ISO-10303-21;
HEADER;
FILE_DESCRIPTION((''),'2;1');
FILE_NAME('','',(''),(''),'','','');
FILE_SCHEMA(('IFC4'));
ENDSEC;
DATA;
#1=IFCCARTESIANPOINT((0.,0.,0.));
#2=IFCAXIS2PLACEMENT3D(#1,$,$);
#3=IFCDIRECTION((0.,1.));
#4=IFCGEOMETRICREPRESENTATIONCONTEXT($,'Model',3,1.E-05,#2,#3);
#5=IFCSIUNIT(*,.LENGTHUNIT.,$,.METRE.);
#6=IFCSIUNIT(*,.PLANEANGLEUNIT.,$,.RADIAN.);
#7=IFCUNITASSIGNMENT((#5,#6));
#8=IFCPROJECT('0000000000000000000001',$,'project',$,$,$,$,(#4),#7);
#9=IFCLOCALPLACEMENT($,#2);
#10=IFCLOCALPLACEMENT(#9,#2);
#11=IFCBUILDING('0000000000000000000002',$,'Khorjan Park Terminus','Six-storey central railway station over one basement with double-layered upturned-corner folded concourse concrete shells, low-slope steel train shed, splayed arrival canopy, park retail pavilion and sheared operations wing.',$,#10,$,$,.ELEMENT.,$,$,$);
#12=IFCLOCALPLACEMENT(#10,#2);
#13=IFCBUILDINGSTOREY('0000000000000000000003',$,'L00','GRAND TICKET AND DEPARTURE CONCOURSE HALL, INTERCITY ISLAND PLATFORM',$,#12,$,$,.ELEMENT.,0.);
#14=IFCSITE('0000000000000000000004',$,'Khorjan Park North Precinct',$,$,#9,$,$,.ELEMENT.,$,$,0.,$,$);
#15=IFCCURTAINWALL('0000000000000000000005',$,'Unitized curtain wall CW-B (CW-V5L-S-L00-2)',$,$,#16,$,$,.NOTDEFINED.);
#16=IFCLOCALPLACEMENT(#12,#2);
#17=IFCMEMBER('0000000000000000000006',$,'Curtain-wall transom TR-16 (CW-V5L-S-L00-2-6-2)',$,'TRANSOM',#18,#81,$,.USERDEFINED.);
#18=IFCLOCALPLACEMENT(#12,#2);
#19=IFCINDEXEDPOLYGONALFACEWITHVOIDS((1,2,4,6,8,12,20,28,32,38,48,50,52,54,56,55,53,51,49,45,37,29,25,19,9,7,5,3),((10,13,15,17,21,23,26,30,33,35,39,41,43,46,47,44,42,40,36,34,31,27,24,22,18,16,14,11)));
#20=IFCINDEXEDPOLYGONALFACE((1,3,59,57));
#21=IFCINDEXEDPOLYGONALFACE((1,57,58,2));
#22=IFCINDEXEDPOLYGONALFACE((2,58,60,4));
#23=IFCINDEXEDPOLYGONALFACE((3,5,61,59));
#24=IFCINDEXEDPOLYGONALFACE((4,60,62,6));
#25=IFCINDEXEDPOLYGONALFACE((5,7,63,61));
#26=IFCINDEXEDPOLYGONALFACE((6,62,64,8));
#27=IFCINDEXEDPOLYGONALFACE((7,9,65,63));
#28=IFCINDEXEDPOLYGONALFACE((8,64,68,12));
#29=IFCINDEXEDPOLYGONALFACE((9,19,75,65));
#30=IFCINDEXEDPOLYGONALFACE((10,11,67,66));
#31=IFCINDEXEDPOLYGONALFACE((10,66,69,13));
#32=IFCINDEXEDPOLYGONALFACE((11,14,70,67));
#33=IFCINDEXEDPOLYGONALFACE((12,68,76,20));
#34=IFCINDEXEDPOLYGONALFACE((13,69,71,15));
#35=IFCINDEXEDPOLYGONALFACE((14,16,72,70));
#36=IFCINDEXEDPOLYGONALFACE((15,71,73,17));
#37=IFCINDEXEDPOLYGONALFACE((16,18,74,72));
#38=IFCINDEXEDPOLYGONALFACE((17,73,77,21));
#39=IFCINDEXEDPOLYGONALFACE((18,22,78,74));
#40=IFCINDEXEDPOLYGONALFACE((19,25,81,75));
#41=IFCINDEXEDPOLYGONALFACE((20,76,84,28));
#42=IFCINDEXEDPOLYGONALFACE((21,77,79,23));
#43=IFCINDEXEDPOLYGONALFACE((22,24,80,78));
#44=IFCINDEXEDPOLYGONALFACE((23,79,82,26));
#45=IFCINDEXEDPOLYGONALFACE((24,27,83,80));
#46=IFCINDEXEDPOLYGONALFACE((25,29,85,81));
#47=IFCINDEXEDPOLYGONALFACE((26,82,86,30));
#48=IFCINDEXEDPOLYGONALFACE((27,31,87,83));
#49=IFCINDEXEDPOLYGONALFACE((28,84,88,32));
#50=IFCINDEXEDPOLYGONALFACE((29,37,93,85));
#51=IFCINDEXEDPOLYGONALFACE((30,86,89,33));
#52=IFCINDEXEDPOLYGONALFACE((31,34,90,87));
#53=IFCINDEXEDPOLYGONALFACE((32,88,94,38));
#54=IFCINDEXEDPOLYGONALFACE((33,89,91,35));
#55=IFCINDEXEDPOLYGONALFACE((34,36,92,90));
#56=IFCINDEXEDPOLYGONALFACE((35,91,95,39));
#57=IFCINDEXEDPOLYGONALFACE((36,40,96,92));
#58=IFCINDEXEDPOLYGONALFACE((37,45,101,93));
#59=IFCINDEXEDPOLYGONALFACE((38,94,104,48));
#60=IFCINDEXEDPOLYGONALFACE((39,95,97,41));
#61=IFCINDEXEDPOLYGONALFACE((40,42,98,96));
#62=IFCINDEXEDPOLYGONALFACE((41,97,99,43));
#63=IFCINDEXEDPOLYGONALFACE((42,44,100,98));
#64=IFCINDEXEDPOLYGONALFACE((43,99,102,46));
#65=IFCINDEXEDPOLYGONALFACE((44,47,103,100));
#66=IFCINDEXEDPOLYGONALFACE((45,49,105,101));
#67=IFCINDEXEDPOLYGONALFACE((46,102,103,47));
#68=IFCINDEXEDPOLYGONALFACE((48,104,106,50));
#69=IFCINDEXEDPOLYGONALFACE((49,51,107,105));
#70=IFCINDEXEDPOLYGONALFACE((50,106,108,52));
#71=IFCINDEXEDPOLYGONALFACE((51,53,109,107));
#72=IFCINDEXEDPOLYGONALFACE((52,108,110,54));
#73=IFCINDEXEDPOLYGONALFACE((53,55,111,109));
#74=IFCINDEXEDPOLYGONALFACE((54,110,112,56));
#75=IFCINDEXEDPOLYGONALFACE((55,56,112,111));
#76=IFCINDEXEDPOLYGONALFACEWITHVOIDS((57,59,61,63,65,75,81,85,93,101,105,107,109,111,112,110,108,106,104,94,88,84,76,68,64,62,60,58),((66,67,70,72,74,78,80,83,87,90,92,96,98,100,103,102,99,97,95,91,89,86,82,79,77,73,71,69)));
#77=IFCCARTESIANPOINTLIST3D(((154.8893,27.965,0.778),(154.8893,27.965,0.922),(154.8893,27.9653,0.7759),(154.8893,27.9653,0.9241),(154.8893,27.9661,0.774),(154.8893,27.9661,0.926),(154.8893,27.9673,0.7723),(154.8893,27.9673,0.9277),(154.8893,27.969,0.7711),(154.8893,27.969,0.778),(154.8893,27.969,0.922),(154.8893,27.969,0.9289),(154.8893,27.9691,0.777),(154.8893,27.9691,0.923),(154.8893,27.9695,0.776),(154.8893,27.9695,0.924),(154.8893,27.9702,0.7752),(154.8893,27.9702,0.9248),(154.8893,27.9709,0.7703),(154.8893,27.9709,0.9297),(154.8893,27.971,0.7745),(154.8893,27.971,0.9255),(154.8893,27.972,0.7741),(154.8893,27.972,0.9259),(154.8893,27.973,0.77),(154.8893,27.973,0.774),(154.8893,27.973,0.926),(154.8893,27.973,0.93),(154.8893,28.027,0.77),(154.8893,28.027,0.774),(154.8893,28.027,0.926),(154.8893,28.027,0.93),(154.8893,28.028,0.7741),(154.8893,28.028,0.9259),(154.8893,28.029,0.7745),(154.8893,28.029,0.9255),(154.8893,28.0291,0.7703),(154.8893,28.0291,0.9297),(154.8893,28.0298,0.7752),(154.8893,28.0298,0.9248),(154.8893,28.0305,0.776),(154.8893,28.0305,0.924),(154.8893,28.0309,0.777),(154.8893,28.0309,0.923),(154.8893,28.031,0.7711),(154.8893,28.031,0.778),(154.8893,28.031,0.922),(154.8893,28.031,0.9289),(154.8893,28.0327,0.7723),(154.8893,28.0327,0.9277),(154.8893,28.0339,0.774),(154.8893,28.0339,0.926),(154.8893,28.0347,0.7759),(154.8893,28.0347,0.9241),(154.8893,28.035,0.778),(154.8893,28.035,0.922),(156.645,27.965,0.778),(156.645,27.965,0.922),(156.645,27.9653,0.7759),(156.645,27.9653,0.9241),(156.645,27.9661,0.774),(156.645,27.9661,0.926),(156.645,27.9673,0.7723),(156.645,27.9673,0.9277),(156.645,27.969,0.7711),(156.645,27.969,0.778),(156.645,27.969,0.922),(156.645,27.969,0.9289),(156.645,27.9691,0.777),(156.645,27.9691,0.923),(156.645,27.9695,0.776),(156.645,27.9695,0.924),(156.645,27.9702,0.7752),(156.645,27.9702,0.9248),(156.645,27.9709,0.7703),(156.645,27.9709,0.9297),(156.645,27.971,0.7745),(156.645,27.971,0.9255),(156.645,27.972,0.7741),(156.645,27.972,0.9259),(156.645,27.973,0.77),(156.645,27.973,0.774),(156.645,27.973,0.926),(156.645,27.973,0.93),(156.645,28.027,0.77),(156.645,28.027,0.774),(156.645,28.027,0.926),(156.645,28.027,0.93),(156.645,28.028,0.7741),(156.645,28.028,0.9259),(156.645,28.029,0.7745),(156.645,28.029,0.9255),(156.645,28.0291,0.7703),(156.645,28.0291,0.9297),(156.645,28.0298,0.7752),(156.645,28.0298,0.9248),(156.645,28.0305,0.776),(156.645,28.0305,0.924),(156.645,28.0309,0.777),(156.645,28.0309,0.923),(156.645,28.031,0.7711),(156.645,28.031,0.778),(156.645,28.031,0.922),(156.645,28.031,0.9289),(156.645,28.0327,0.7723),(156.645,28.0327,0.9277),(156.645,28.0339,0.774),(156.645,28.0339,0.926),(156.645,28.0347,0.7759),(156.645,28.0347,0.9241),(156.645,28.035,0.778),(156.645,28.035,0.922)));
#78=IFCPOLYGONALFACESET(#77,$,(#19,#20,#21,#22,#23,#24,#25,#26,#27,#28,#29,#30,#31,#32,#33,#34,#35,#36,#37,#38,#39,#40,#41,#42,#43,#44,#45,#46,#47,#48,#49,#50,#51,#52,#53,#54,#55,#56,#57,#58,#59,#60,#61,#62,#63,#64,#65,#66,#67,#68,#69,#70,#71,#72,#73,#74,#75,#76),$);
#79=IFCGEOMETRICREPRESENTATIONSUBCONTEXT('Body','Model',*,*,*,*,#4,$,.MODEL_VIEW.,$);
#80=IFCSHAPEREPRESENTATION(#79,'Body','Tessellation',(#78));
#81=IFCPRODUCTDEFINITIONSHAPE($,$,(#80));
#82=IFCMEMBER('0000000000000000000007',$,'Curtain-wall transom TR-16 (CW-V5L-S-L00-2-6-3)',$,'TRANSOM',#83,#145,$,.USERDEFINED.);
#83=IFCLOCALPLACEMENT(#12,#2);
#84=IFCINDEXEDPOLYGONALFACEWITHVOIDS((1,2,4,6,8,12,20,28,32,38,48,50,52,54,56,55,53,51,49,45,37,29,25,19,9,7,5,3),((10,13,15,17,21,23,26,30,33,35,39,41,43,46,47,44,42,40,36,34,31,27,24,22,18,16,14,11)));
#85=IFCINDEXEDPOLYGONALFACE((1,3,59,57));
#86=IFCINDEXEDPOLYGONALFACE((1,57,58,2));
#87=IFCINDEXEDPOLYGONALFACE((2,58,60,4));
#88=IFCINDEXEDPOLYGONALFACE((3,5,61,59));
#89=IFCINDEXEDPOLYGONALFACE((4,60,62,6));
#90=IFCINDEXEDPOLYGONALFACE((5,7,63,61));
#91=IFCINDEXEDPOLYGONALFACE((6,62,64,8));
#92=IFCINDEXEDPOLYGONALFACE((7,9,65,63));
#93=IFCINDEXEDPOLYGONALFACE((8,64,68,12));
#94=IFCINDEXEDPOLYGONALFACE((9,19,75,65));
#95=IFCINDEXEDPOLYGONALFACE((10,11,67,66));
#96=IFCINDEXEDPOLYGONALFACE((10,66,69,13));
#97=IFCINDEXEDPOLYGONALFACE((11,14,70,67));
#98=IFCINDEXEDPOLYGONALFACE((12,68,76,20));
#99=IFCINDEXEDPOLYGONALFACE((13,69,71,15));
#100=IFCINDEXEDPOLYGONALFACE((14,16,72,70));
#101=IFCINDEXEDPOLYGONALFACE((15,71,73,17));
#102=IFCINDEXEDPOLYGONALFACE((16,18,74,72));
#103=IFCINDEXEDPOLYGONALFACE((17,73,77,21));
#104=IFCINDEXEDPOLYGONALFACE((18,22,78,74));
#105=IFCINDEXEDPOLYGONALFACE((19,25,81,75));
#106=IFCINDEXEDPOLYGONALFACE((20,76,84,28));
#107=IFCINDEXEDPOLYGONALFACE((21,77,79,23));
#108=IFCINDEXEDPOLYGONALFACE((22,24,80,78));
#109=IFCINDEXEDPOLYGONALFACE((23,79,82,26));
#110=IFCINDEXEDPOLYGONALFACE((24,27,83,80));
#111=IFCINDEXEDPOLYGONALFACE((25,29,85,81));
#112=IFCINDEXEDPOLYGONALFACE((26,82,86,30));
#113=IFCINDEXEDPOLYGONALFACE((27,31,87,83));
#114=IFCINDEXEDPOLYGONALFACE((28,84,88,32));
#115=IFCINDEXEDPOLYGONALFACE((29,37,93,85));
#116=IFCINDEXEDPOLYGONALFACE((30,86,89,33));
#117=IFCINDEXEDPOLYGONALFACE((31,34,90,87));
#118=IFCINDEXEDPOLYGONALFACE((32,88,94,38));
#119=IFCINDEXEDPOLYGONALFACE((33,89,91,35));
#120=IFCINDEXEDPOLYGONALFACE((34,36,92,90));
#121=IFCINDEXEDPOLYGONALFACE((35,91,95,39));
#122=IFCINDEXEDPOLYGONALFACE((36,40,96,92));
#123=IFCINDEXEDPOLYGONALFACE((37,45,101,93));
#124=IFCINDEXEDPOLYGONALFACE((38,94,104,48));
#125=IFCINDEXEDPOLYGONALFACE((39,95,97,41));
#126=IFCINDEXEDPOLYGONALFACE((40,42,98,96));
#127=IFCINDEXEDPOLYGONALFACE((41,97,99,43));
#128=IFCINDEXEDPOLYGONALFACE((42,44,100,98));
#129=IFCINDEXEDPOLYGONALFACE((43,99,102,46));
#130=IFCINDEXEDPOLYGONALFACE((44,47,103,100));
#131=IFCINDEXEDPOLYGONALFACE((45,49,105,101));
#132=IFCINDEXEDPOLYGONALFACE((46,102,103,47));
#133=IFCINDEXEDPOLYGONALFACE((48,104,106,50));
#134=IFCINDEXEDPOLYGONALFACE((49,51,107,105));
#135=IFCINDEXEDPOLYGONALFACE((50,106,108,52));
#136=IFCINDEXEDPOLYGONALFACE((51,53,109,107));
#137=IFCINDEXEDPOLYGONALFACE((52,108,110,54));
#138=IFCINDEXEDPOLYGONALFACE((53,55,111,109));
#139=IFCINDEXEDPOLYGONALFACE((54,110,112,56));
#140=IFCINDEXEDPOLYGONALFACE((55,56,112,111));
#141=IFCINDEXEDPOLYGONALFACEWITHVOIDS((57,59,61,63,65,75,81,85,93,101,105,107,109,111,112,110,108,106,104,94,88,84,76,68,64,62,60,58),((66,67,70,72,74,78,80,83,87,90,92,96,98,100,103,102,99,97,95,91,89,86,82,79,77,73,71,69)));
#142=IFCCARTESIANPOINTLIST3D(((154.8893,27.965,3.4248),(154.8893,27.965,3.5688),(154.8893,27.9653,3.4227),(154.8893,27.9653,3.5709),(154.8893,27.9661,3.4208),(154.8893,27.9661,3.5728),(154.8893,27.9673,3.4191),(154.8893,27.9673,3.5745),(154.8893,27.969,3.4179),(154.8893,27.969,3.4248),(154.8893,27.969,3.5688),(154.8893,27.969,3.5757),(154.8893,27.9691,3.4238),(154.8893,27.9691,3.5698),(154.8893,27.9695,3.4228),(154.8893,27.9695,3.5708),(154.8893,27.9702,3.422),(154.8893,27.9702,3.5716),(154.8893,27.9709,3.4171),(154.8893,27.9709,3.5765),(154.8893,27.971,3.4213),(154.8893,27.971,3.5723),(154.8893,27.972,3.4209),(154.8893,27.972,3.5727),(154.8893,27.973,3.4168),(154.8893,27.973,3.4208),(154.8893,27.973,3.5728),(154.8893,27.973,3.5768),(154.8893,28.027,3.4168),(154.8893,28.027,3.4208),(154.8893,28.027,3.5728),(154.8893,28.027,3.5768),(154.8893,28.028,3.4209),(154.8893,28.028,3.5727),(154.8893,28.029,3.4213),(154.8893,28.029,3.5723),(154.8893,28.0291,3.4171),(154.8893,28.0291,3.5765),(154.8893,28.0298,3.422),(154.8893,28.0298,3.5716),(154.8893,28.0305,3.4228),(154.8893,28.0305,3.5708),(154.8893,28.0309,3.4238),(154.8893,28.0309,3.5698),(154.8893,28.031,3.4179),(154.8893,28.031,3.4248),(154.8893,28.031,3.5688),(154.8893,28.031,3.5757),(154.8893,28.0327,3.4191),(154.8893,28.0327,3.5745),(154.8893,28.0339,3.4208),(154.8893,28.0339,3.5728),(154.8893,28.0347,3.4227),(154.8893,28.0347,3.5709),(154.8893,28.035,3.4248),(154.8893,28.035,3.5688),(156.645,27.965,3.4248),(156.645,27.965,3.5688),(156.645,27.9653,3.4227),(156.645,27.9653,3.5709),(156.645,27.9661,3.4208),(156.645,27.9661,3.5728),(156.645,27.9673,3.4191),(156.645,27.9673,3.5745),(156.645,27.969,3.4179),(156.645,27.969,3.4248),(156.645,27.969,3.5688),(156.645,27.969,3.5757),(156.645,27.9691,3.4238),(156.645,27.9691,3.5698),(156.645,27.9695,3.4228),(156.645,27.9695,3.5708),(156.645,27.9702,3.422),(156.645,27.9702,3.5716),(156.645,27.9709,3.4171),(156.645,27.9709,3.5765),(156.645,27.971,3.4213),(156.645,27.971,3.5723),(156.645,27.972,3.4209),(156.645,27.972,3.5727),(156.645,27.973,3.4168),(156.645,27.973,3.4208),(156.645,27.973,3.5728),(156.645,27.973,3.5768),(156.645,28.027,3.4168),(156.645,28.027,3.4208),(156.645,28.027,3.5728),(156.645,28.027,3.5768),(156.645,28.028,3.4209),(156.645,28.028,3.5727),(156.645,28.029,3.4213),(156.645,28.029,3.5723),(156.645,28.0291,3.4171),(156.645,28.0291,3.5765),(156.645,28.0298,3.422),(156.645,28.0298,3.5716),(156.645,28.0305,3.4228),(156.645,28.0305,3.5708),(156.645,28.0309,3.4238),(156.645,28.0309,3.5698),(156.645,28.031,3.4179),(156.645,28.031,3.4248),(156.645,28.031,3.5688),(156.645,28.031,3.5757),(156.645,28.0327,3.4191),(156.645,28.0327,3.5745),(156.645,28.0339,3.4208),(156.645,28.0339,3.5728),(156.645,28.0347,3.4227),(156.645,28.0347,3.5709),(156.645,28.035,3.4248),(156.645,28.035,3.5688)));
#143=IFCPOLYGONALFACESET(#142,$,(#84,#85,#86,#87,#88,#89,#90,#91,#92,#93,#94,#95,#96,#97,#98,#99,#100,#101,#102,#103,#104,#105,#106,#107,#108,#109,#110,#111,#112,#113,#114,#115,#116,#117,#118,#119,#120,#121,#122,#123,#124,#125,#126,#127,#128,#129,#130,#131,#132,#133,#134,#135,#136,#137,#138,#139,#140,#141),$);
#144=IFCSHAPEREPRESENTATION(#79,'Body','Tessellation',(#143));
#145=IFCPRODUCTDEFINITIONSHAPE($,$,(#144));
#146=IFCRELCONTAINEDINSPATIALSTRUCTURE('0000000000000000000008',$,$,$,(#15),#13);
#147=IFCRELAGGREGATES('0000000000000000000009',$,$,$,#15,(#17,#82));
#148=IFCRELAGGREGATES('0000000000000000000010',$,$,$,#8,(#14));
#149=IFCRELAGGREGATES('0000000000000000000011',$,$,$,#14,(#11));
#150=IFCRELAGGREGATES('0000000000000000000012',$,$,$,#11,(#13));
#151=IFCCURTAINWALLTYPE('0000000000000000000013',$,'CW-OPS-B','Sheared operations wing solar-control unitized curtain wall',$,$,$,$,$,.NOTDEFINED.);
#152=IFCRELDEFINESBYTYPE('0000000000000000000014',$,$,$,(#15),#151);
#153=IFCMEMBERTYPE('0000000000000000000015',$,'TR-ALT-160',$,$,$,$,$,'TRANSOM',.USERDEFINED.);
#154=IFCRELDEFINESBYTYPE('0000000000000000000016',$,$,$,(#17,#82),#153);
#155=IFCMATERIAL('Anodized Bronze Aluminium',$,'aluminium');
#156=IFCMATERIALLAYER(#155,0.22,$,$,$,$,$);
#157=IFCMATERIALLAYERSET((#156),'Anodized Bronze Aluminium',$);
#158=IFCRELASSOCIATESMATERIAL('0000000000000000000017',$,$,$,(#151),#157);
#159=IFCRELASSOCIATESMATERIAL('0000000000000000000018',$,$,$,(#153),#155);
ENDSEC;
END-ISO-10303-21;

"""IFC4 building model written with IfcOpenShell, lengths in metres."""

from ifc_helpers import new_model, si_unit, direction, frame, origin, origin_2d, place, context, subcontext, project, spatial, hollow_rectangle, extrude, material, layer, layer_set, material_profile, profile_set, type_object, element, aggregate, save


model = new_model("IFC4")

# Units and contexts
model_context = context("Model", 3, precision=1e-05, world=origin(), true_north=direction((0.0, 1.0)))
body_context = subcontext(model_context, "Body", "Model", "MODEL_VIEW")
ifc_project = project(units=[si_unit("LENGTHUNIT", "METRE"), si_unit("PLANEANGLEUNIT", "RADIAN")], contexts=[model_context])

# Site, building, storey
site_placement = place(None, origin())
site = spatial("IfcSite", under=ifc_project, at=site_placement, Name="Khorjan Park North Precinct", CompositionType="ELEMENT", RefElevation=0.0)
building_placement = place(site_placement, origin())
building = spatial("IfcBuilding", under=site, at=building_placement, Name="Khorjan Park Terminus", Description="Six-storey central railway station over one basement with double-layered upturned-corner folded concourse concrete shells, low-slope steel train shed, splayed arrival canopy, park retail pavilion and sheared operations wing.", CompositionType="ELEMENT")
storey_placement = place(building_placement, origin())
storey = spatial("IfcBuildingStorey", under=building, at=storey_placement, Name="L00", Description="GRAND TICKET AND DEPARTURE CONCOURSE HALL, INTERCITY ISLAND PLATFORM", CompositionType="ELEMENT", Elevation=0.0)

# Curtain wall, members
ifc_material_1 = material(Name="Anodized Bronze Aluminium", Category="aluminium")
ifc_layer_1 = layer(ifc_material_1, 0.22)
ifc_layer_set_1 = layer_set([ifc_layer_1], Name="Anodized Bronze Aluminium")
curtain_wall_type = type_object("IfcCurtainWallType", Name="CW-OPS-B", Description="Sheared operations wing solar-control unitized curtain wall", PredefinedType="NOTDEFINED", material=ifc_layer_set_1)
curtain_wall_placement = place(storey_placement, origin())
curtain_wall = element("IfcCurtainWall", 1, at=curtain_wall_placement, inside=storey, type_object=curtain_wall_type, Name="Unitized curtain wall CW-B (CW-V5L-S-L00-2)", PredefinedType="NOTDEFINED")
ifc_material_profile_1 = material_profile(ifc_material_1, hollow_rectangle(XDim=0.07, YDim=0.16, WallThickness=0.004, InnerFilletRadius=0.004, OuterFilletRadius=0.008, at=origin_2d()), Name="ALT 70x160x4")
ifc_profile_set_1 = profile_set([ifc_material_profile_1], Name="Anodized Bronze Aluminium")
member_type_1 = type_object("IfcMemberType", Name="TR-ALT-160", ElementType="TRANSOM", PredefinedType="USERDEFINED", material=ifc_profile_set_1)
member_1_placement = place(storey_placement, frame((154.8893, 28.0, 0.85), z_axis=(1.0, 0.0, 0.0), x_axis=(0.0, 1.0, 0.0)))
member_1 = element("IfcMember", 2, at=member_1_placement, type_object=member_type_1, Name="Curtain-wall transom TR-16 (CW-V5L-S-L00-2-6-2)", ObjectType="TRANSOM", PredefinedType="USERDEFINED", context=body_context, shape_type="SweptSolid", body=[
    extrude(hollow_rectangle(XDim=0.07, YDim=0.16, WallThickness=0.004, InnerFilletRadius=0.004, OuterFilletRadius=0.008, at=origin_2d()), origin(), (0.0, 0.0, 1.0), 1.7557),
])
member_2_placement = place(storey_placement, frame((154.8893, 28.0, 3.4968), z_axis=(1.0, 0.0, 0.0), x_axis=(0.0, 1.0, 0.0)))
member_2 = element("IfcMember", 3, at=member_2_placement, type_object=member_type_1, Name="Curtain-wall transom TR-16 (CW-V5L-S-L00-2-6-3)", ObjectType="TRANSOM", PredefinedType="USERDEFINED", context=body_context, shape_type="SweptSolid", body=[
    extrude(hollow_rectangle(XDim=0.07, YDim=0.16, WallThickness=0.004, InnerFilletRadius=0.004, OuterFilletRadius=0.008, at=origin_2d()), origin(), (0.0, 0.0, 1.0), 1.7557),
])
aggregate(curtain_wall, [member_1, member_2])

save(model, "model.ifc")
